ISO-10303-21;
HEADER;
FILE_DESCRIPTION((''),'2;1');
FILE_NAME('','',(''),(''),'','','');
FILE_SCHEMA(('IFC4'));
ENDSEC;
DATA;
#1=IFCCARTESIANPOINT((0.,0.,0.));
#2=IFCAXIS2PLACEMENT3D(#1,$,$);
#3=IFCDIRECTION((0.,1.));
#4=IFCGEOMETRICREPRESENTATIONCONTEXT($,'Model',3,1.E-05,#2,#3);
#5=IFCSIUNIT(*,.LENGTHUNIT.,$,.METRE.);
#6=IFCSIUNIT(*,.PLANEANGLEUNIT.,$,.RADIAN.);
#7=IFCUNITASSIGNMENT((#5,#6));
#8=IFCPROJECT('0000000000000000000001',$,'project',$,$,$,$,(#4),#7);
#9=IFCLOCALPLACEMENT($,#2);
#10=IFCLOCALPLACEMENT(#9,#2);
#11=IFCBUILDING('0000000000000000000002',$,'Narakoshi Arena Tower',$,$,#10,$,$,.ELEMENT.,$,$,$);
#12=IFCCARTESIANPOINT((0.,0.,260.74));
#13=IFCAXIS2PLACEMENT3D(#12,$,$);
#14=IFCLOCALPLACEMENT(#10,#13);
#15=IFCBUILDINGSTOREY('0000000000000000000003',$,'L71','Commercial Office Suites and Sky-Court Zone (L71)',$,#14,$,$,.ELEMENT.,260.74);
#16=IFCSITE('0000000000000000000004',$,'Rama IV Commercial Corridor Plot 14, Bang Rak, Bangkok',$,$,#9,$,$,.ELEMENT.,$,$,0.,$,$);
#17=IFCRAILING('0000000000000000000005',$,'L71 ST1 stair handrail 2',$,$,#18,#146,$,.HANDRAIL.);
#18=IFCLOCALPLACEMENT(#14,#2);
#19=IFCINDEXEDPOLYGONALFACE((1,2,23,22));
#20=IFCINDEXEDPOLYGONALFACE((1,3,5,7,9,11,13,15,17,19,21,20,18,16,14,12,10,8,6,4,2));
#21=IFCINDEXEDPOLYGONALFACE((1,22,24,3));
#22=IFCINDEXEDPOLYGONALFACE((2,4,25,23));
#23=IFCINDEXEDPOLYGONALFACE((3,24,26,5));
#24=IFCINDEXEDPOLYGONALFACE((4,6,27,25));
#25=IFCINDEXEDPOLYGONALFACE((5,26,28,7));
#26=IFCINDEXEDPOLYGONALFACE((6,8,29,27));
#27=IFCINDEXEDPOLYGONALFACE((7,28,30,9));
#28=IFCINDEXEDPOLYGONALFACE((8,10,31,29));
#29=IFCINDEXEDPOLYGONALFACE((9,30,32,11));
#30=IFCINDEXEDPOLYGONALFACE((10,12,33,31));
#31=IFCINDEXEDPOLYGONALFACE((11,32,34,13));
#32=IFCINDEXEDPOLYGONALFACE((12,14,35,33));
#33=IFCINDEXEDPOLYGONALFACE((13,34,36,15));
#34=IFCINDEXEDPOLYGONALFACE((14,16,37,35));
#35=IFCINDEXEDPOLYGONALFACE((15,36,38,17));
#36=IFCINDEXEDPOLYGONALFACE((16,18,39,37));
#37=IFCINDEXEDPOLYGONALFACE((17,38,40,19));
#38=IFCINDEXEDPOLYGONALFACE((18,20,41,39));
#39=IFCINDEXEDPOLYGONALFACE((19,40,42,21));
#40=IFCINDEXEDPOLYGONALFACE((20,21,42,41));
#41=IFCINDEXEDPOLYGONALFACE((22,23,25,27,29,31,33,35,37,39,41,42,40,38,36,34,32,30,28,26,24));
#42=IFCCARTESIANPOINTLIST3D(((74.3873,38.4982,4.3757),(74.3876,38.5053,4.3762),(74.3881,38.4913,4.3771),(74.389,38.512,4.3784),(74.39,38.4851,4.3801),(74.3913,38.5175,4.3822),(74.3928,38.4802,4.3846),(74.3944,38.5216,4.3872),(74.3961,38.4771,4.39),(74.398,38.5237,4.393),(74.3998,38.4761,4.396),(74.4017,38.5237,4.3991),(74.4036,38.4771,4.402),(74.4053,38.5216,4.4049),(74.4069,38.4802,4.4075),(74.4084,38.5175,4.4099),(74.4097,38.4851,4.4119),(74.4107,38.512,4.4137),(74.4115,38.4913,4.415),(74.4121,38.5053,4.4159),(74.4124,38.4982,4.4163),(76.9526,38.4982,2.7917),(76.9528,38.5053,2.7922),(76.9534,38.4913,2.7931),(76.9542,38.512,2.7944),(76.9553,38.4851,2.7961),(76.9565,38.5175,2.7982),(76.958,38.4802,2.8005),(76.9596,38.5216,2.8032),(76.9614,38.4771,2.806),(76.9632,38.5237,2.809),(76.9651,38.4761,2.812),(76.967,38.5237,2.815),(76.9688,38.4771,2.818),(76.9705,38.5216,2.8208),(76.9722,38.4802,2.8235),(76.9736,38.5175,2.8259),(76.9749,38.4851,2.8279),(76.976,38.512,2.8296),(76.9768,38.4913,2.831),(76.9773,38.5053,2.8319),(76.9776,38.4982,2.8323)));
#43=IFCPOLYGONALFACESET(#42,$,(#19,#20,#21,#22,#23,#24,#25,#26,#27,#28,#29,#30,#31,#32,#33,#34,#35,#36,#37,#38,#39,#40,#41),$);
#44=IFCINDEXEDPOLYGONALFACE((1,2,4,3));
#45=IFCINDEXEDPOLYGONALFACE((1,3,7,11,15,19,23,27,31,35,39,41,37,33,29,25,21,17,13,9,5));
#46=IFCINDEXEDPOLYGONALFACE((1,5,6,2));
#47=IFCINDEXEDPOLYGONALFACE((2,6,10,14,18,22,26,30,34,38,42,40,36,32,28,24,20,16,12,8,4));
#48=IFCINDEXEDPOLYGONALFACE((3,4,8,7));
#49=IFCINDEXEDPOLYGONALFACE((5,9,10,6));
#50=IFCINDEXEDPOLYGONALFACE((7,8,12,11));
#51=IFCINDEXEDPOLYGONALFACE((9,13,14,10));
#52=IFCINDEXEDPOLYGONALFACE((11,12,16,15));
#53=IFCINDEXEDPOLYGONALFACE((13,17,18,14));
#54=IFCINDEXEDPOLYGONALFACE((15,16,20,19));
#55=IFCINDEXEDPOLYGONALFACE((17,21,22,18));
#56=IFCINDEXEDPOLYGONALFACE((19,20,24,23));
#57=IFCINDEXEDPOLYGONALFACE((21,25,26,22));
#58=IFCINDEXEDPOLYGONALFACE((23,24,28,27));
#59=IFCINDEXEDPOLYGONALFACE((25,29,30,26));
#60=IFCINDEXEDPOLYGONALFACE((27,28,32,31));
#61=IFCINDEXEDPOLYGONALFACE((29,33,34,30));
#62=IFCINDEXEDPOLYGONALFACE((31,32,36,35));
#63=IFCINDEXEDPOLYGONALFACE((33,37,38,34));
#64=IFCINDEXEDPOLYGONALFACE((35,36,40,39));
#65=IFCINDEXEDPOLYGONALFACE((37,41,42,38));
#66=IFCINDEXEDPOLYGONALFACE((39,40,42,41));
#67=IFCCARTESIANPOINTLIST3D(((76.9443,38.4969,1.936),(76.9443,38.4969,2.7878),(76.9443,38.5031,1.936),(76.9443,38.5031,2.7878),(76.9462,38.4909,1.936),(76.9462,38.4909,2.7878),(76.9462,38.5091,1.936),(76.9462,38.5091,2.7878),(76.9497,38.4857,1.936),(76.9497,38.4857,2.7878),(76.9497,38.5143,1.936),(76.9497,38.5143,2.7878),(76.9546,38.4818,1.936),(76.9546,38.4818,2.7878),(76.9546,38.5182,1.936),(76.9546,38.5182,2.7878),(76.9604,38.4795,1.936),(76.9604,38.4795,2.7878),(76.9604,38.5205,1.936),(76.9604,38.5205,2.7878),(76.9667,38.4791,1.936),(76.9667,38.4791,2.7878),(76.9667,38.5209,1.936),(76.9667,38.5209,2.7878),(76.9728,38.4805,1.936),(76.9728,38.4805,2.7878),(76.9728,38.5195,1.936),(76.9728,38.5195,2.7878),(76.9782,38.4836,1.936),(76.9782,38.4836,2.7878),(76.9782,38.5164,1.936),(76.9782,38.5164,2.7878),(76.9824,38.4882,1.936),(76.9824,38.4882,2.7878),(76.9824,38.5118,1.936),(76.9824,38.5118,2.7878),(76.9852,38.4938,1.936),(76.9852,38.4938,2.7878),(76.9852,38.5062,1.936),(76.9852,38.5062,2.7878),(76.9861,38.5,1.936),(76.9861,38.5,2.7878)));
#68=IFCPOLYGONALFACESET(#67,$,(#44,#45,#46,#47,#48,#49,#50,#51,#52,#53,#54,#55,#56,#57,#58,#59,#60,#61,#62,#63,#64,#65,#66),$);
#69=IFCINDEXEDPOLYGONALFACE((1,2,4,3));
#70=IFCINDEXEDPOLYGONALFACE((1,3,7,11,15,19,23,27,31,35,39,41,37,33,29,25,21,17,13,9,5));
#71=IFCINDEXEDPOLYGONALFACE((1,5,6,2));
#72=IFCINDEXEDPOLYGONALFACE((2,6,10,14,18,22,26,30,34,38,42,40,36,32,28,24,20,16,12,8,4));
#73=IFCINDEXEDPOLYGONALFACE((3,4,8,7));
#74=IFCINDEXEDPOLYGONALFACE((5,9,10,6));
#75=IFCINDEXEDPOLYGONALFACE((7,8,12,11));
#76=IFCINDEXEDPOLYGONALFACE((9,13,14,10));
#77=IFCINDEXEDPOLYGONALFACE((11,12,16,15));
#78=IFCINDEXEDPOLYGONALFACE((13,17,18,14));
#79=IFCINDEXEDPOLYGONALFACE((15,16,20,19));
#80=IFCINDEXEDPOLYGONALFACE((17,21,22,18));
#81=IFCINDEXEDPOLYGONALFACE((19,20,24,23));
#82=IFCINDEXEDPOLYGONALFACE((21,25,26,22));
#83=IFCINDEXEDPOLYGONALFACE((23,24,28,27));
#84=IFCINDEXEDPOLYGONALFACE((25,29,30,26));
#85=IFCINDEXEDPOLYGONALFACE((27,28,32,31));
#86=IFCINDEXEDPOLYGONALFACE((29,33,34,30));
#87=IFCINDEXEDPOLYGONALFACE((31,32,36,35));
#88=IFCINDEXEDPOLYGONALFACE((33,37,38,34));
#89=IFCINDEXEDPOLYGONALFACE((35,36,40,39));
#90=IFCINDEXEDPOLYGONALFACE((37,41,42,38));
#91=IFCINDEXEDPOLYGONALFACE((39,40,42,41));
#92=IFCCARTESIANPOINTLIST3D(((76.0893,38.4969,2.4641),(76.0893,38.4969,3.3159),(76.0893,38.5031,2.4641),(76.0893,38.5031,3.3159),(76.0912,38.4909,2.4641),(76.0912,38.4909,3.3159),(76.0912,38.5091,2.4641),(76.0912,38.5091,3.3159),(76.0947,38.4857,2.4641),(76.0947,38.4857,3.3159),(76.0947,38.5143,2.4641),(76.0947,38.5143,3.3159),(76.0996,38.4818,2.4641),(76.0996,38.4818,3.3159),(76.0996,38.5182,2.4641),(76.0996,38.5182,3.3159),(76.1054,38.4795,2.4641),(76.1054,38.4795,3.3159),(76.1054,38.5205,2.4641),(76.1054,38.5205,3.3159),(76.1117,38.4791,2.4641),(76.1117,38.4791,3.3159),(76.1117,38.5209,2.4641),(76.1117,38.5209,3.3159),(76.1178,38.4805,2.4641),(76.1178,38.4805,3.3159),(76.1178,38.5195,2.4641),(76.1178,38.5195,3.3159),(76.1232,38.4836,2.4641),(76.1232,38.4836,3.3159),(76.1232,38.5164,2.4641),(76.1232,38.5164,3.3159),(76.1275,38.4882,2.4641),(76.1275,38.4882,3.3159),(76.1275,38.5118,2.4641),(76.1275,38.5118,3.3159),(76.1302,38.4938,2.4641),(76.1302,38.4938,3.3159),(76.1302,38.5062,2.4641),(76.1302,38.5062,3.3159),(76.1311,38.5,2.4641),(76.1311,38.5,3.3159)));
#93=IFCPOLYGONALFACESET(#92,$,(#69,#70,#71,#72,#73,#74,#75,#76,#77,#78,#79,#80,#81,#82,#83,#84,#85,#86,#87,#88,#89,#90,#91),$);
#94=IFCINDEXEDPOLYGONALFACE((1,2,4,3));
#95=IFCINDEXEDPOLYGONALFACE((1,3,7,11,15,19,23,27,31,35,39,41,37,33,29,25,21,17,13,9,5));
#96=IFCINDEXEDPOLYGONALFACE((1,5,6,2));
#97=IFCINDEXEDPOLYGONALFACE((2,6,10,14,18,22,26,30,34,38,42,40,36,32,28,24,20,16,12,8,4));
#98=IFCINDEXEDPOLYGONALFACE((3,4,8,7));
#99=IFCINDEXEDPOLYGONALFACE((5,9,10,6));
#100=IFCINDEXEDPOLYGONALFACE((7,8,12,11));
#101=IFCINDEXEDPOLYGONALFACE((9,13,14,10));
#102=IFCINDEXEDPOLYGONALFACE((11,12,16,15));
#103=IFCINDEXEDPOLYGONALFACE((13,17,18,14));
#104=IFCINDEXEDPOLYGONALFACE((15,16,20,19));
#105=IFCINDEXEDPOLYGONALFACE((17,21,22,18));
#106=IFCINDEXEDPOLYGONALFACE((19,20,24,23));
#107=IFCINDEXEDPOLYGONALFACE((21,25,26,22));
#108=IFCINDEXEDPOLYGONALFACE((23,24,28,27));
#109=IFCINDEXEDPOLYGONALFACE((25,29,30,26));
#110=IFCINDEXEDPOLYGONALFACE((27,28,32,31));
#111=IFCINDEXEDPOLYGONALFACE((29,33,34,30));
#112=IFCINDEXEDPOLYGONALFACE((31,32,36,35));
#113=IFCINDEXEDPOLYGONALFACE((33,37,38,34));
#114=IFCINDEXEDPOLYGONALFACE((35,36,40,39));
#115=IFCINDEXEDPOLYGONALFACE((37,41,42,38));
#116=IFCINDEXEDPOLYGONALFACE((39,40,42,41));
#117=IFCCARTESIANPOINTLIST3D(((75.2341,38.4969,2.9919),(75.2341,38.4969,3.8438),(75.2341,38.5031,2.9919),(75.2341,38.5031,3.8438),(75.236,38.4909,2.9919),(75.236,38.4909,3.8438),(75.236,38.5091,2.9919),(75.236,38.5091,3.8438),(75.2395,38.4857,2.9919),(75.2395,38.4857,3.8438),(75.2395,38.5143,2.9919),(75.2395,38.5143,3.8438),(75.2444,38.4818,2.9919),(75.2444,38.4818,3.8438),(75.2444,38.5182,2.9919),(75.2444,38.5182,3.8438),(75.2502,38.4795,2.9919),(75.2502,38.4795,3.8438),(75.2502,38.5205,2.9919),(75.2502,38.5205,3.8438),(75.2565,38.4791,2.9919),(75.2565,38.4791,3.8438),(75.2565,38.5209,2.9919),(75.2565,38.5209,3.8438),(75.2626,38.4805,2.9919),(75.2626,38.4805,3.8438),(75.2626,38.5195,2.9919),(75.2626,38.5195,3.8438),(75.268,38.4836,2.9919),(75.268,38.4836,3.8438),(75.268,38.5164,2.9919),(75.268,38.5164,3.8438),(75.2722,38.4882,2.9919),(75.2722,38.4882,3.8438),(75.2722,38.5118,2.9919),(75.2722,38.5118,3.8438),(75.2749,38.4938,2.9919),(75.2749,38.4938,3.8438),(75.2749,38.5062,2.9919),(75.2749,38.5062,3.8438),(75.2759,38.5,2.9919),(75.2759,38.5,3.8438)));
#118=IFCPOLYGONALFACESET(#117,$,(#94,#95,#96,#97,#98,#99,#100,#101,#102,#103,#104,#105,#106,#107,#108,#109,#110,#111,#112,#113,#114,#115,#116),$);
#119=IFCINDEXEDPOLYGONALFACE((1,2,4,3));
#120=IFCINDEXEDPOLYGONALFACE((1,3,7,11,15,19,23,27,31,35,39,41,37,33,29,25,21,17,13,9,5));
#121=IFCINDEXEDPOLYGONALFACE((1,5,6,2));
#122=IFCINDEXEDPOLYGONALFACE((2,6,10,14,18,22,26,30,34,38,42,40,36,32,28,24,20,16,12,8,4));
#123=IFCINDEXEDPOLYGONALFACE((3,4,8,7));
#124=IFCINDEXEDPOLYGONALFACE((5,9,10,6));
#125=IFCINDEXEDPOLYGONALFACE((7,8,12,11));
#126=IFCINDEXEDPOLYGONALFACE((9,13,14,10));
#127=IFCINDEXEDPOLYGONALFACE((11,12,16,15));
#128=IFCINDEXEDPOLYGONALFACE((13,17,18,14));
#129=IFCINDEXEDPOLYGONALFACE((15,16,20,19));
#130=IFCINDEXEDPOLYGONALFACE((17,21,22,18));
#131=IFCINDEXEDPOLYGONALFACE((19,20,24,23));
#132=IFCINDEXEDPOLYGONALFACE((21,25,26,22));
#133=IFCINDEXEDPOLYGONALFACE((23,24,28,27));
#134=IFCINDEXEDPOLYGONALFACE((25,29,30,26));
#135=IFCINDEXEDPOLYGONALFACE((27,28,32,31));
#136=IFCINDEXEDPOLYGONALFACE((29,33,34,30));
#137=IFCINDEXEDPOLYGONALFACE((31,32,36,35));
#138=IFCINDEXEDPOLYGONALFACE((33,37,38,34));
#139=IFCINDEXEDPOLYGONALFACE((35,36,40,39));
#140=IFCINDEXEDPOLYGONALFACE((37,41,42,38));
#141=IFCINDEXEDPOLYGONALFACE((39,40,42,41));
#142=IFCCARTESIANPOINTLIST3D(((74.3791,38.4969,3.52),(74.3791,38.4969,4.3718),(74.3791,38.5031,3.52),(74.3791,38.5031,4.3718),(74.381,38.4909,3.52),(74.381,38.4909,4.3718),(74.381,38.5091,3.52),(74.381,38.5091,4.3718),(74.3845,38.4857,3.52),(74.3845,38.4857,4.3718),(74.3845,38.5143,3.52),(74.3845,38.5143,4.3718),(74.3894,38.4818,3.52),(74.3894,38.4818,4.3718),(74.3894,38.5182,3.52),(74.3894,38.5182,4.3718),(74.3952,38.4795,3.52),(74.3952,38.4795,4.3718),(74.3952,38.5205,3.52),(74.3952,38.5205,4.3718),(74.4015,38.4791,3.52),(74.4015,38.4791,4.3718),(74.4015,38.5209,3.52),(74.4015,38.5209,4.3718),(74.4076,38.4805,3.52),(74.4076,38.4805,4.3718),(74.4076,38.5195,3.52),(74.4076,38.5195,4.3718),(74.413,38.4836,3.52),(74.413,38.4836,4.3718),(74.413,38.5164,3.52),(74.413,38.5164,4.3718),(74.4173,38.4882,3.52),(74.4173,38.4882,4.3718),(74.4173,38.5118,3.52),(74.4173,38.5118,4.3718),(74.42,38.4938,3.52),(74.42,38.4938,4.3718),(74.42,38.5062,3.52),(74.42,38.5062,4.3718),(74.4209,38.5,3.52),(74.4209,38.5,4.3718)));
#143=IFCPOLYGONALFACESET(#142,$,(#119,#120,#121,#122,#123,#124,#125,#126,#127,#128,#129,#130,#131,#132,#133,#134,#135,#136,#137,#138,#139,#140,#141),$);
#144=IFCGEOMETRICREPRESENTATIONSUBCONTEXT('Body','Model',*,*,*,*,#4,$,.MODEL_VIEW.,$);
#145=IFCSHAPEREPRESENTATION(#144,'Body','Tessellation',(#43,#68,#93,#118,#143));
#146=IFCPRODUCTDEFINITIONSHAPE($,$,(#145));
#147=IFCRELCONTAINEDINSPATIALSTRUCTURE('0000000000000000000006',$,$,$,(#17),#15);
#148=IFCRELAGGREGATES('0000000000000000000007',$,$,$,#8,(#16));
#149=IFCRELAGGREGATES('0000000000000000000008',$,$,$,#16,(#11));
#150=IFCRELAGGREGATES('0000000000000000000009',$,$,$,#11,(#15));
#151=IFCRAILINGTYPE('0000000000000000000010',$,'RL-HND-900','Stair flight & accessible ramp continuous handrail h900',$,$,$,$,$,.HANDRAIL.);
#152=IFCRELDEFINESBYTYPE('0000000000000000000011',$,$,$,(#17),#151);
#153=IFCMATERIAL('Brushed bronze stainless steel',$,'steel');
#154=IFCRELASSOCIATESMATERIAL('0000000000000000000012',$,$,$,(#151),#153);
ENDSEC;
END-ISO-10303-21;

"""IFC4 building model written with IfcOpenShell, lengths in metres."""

from ifc_helpers import new_model, si_unit, direction, frame, origin, origin_2d, place, context, subcontext, project, spatial, circle, extrude, material, type_object, element, save


model = new_model("IFC4")

# Units and contexts
model_context = context("Model", 3, precision=1e-05, world=origin(), true_north=direction((0.0, 1.0)))
body_context = subcontext(model_context, "Body", "Model", "MODEL_VIEW")
ifc_project = project(units=[si_unit("LENGTHUNIT", "METRE"), si_unit("PLANEANGLEUNIT", "RADIAN")], contexts=[model_context])

# Site, building, storey
site_placement = place(None, origin())
site = spatial("IfcSite", under=ifc_project, at=site_placement, Name="Rama IV Commercial Corridor Plot 14, Bang Rak, Bangkok", CompositionType="ELEMENT", RefElevation=0.0)
building_placement = place(site_placement, origin())
building = spatial("IfcBuilding", under=site, at=building_placement, Name="Narakoshi Arena Tower", CompositionType="ELEMENT")
storey_placement = place(building_placement, frame((0.0, 0.0, 260.74)))
storey = spatial("IfcBuildingStorey", under=building, at=storey_placement, Name="L71", Description="Commercial Office Suites and Sky-Court Zone (L71)", CompositionType="ELEMENT", Elevation=260.74)

# Railing
ifc_material_1 = material(Name="Brushed bronze stainless steel", Category="steel")
railing_type_1 = type_object("IfcRailingType", Name="RL-HND-900", Description="Stair flight & accessible ramp continuous handrail h900", PredefinedType="HANDRAIL", material=ifc_material_1)
railing_1_placement = place(storey_placement, frame((76.9651, 38.5, 1.936)))
element("IfcRailing", 1, at=railing_1_placement, inside=storey, type_object=railing_type_1, Name="L71 ST1 stair handrail 2", PredefinedType="HANDRAIL", context=body_context, shape_type="SweptSolid", body=[
    extrude(circle(Radius=0.0239, at=origin_2d()), frame((0.0, 0.0, 0.876), z_axis=(-0.850857, 0.0, 0.525398), x_axis=(0.0, -1.0, 0.0)), (0.0, 0.0, 1.0), 3.0149),
    extrude(circle(Radius=0.021, at=origin_2d()), origin(), (0.0, 0.0, 1.0), 0.8518),
    extrude(circle(Radius=0.021, at=origin_2d()), frame((-0.855, 0.0, 0.5281)), (0.0, 0.0, 1.0), 0.8518),
    extrude(circle(Radius=0.021, at=origin_2d()), frame((-1.7102, 0.0, 1.0559)), (0.0, 0.0, 1.0), 0.8518),
    extrude(circle(Radius=0.021, at=origin_2d()), frame((-2.5652, 0.0, 1.584)), (0.0, 0.0, 1.0), 0.8518),
])

save(model, "model.ifc")
